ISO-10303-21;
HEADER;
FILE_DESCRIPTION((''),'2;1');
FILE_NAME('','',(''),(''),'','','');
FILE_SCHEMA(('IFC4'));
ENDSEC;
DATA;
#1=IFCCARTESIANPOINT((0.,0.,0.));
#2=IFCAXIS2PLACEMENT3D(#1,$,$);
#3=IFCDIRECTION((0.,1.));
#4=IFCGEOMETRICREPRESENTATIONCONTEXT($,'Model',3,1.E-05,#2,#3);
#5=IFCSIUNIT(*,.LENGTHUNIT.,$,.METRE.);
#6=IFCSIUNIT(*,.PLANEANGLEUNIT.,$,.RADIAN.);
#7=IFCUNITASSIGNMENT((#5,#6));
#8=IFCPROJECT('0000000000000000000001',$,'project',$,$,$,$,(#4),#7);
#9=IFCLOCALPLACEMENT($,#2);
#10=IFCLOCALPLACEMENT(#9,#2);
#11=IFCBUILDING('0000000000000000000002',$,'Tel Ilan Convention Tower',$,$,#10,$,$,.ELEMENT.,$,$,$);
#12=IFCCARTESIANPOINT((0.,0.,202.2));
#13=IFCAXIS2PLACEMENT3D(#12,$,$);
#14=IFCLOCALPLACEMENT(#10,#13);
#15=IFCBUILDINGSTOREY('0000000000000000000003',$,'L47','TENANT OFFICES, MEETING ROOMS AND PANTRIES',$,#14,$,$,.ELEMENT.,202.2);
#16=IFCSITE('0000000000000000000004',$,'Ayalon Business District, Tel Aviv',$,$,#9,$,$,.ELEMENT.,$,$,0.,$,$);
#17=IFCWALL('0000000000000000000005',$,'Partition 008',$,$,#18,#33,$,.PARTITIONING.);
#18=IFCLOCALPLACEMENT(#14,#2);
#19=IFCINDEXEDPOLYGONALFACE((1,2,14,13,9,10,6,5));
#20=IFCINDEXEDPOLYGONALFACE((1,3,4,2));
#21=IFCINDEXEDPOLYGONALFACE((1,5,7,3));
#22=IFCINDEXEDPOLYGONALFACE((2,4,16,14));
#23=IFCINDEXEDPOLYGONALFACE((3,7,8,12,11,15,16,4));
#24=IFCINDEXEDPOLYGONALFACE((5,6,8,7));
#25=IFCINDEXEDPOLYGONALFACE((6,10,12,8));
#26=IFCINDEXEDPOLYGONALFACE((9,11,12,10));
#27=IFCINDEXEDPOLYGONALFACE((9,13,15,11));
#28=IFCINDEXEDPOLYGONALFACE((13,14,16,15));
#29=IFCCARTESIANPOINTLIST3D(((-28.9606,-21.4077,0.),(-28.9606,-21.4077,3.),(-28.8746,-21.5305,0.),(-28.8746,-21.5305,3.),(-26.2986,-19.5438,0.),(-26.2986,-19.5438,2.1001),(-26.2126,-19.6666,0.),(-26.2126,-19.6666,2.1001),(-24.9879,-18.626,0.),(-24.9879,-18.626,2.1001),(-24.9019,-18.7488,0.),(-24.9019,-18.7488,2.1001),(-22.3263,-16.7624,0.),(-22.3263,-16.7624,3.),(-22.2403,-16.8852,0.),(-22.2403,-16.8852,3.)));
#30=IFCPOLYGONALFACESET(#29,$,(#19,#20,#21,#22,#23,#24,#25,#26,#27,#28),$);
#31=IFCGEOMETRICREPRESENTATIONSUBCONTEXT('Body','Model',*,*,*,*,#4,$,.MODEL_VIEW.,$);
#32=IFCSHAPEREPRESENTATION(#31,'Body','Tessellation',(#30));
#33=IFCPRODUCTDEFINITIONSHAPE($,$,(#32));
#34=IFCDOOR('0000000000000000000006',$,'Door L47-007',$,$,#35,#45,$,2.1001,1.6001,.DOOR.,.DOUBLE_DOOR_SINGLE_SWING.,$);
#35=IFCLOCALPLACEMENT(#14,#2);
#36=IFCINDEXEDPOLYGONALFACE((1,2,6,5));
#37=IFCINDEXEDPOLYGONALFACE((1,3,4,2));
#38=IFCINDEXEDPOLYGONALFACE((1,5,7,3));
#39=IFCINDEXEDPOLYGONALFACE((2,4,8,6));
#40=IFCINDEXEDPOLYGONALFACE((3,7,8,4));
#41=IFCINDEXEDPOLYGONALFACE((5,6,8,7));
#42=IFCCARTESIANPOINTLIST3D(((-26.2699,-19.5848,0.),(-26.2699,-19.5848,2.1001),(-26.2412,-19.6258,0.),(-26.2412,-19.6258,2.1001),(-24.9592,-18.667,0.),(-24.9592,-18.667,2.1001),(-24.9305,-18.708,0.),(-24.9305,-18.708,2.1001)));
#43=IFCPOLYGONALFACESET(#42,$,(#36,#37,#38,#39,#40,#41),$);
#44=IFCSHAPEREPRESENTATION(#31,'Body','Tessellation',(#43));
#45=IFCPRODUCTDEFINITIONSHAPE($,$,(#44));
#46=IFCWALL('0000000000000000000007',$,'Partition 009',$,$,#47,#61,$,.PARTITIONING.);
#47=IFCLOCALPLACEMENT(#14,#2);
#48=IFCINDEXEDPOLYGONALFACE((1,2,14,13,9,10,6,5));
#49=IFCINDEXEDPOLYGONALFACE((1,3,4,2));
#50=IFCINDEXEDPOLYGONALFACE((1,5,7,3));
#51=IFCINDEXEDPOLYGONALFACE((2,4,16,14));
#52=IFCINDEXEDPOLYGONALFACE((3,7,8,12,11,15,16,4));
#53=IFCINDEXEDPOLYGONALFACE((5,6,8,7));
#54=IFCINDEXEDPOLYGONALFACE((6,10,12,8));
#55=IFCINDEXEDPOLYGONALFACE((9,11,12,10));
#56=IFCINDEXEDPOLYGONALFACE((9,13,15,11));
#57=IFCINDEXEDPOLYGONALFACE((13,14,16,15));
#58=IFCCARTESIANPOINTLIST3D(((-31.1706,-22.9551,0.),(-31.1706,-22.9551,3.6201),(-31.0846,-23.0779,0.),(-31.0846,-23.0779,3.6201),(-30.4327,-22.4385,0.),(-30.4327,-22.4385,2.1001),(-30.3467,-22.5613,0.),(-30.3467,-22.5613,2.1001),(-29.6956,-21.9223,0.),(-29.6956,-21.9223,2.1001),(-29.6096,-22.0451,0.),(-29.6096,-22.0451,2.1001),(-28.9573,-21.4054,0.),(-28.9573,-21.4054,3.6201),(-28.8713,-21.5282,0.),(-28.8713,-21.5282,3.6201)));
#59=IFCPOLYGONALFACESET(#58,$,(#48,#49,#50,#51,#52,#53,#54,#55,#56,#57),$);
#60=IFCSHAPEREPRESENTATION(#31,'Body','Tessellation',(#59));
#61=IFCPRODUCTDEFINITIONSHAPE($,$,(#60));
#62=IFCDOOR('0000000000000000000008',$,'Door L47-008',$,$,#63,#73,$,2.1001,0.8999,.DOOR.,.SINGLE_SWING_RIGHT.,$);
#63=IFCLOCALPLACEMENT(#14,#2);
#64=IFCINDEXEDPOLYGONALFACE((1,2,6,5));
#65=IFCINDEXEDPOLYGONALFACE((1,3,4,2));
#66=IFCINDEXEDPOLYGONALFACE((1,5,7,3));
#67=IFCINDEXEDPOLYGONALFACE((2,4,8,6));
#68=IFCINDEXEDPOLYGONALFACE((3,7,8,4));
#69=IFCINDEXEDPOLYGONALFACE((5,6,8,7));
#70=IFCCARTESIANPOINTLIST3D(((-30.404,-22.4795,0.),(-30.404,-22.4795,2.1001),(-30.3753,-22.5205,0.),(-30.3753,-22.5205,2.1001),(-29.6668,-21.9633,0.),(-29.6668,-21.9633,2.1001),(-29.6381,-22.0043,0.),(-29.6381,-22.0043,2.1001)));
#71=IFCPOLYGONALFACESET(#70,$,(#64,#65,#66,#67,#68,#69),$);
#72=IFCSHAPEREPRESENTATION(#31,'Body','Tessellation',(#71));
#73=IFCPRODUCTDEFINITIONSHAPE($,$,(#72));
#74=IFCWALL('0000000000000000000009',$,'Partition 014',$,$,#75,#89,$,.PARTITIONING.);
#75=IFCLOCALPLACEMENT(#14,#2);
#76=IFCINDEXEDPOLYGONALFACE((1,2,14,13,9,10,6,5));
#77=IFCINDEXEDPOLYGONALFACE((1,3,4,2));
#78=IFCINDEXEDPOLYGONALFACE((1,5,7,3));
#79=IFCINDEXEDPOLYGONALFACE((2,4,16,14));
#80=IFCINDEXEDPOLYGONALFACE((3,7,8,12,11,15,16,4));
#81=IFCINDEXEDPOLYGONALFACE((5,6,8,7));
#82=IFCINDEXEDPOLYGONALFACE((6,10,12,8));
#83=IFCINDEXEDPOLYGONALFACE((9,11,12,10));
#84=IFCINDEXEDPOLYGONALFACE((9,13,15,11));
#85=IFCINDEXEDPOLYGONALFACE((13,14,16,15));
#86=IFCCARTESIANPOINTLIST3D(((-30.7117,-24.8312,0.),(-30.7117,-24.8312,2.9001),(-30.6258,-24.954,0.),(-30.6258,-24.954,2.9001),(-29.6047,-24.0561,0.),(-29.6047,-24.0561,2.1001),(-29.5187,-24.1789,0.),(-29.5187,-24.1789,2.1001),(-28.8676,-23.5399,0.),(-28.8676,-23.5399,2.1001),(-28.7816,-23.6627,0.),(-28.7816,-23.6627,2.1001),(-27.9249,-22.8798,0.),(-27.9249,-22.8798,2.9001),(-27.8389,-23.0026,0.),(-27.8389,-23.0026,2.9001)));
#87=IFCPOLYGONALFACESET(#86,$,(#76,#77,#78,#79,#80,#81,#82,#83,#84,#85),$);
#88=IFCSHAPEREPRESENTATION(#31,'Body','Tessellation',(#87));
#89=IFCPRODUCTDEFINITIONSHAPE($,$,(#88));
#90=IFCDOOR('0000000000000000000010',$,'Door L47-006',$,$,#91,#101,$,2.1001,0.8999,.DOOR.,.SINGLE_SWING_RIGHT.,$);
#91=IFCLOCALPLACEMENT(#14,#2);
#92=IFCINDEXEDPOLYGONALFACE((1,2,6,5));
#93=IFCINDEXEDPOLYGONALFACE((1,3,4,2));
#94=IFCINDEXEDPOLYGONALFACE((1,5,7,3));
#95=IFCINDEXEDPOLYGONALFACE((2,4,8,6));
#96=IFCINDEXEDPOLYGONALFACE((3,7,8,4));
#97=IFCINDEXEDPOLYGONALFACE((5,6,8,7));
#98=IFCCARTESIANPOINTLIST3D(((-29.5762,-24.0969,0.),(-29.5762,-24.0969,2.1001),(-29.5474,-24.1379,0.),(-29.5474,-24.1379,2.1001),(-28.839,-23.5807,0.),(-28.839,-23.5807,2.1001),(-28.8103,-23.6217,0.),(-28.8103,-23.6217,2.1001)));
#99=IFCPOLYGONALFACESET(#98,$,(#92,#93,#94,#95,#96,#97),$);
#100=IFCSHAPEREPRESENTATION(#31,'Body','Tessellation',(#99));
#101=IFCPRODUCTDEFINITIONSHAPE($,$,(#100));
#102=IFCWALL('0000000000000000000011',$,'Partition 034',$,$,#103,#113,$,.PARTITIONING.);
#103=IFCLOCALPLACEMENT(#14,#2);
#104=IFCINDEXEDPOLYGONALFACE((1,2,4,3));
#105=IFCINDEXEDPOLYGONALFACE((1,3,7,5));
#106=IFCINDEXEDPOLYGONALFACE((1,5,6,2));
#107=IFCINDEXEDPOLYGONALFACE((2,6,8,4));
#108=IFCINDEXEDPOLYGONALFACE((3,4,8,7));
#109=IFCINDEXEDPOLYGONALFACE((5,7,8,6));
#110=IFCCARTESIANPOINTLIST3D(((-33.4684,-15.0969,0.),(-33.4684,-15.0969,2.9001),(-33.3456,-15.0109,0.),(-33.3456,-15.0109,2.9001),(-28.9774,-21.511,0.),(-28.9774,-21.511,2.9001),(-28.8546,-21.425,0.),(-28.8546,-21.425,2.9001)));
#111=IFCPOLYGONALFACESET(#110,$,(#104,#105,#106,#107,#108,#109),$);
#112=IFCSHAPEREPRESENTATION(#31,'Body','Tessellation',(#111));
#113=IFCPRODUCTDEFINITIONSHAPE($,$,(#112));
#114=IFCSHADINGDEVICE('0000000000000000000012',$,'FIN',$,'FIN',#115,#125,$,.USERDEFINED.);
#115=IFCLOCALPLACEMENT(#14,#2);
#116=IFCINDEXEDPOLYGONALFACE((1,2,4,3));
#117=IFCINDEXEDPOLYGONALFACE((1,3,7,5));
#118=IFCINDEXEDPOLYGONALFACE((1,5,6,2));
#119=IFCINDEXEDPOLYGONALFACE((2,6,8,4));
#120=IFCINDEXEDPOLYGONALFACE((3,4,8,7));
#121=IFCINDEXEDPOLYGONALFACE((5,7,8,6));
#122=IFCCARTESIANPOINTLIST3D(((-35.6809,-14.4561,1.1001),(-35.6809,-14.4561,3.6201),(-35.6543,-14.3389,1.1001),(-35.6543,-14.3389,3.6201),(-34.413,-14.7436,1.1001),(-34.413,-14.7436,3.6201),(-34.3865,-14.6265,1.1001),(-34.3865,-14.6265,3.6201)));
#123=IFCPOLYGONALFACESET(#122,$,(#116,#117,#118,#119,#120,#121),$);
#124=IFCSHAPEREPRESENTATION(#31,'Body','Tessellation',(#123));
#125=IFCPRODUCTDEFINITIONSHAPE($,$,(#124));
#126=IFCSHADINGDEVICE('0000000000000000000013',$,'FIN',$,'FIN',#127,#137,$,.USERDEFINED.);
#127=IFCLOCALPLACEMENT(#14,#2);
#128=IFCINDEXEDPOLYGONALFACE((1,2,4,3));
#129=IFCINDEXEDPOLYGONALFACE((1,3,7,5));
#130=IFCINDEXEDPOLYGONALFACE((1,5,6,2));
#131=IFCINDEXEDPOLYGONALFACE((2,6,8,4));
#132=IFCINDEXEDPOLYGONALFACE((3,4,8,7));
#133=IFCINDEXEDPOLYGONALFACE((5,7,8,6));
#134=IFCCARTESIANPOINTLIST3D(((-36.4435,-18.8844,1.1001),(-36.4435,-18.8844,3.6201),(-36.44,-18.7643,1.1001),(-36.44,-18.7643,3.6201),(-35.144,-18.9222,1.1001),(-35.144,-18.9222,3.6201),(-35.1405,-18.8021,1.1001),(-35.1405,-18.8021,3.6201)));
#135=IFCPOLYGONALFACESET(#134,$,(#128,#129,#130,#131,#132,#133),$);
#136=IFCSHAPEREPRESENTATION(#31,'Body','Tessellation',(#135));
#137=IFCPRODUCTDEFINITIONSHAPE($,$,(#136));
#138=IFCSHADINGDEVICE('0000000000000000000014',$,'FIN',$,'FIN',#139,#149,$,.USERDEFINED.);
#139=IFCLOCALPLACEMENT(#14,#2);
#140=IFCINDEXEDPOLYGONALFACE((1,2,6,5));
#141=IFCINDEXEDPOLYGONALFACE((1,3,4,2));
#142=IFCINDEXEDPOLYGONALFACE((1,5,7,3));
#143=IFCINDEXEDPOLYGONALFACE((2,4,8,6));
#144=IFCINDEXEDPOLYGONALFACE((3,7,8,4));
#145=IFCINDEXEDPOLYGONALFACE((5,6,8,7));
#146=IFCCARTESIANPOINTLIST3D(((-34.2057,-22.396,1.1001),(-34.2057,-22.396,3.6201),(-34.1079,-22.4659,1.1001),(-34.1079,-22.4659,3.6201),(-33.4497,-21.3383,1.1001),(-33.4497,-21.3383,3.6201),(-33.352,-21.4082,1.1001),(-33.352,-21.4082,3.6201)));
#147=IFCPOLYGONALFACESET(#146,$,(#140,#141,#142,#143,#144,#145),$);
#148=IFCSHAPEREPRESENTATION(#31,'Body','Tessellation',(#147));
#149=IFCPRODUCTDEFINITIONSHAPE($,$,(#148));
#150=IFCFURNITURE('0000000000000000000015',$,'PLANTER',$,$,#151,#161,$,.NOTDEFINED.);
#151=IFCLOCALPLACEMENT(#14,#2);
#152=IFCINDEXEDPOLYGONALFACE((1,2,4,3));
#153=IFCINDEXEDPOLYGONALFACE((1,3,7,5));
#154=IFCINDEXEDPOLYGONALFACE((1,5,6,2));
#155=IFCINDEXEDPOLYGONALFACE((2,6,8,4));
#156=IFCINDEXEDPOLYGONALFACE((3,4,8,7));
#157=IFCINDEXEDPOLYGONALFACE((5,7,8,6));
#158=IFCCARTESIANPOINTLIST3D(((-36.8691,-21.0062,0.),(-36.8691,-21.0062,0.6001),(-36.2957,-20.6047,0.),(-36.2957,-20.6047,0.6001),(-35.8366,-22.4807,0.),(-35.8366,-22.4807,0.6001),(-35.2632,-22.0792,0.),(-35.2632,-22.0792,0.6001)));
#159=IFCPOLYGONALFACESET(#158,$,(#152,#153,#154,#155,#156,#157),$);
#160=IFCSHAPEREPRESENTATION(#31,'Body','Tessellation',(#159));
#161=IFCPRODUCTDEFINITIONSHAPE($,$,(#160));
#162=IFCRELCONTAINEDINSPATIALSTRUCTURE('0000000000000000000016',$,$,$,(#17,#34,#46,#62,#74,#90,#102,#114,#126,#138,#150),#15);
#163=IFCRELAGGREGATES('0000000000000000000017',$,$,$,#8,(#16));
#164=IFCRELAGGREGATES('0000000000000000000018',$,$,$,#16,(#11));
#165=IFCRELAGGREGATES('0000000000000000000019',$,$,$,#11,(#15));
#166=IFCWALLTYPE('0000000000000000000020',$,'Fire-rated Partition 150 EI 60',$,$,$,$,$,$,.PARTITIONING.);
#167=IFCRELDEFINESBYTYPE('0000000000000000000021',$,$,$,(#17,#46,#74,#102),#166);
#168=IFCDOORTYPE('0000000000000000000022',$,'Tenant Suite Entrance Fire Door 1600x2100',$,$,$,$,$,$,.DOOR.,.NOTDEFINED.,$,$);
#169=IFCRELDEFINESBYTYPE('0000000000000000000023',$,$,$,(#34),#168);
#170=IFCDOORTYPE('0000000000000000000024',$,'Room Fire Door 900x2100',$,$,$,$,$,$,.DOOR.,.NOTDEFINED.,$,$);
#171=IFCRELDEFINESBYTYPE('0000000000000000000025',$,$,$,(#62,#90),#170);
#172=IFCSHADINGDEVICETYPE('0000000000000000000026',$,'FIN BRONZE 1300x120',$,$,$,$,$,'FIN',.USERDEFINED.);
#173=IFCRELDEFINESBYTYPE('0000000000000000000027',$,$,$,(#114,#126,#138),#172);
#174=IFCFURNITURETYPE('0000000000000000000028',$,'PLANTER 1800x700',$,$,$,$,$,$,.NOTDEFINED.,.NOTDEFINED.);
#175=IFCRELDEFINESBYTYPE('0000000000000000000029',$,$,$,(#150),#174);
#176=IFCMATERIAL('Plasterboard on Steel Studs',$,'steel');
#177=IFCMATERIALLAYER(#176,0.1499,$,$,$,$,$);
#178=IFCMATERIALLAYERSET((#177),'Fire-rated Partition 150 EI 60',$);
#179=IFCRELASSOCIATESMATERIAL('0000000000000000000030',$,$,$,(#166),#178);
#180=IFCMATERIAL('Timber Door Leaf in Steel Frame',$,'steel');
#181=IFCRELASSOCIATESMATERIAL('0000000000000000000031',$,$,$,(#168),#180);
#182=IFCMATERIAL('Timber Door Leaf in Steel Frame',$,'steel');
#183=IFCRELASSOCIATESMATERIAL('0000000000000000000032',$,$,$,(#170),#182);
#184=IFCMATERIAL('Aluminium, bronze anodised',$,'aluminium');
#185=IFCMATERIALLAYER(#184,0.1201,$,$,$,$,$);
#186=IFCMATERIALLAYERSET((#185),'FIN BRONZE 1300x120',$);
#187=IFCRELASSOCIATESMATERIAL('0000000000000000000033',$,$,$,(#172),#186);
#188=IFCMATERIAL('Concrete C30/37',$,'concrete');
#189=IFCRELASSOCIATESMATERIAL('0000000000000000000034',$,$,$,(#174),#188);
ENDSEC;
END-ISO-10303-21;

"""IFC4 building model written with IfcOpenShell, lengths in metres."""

from ifc_helpers import new_model, si_unit, direction, frame, frame_2d, origin, origin_2d, place, context, subcontext, project, spatial, rectangle, extrude, material, layer, layer_set, type_object, element, fill, save


model = new_model("IFC4")

# Units and contexts
model_context = context("Model", 3, precision=1e-05, world=origin(), true_north=direction((0.0, 1.0)))
body_context = subcontext(model_context, "Body", "Model", "MODEL_VIEW")
ifc_project = project(units=[si_unit("LENGTHUNIT", "METRE"), si_unit("PLANEANGLEUNIT", "RADIAN")], contexts=[model_context])

# Site, building, storey
site_placement = place(None, origin())
site = spatial("IfcSite", under=ifc_project, at=site_placement, Name="Ayalon Business District, Tel Aviv", CompositionType="ELEMENT", RefElevation=0.0)
building_placement = place(site_placement, origin())
building = spatial("IfcBuilding", under=site, at=building_placement, Name="Tel Ilan Convention Tower", CompositionType="ELEMENT")
storey_placement = place(building_placement, frame((0.0, 0.0, 202.2)))
storey = spatial("IfcBuildingStorey", under=building, at=storey_placement, Name="L47", Description="TENANT OFFICES, MEETING ROOMS AND PANTRIES", CompositionType="ELEMENT", Elevation=202.2)

# Walls, openings, doors
ifc_material_1 = material(Name="Plasterboard on Steel Studs", Category="steel")
ifc_layer_1 = layer(ifc_material_1, 0.1499)
ifc_layer_set_1 = layer_set([ifc_layer_1], Name="Fire-rated Partition 150 EI 60")
wall_type_1 = type_object("IfcWallType", Name="Fire-rated Partition 150 EI 60", PredefinedType="PARTITIONING", material=ifc_layer_set_1)
wall_1_placement = place(storey_placement, frame((-28.9175, -21.469, 0.0), z_axis=(0.0, 0.0, 1.0), x_axis=(0.819158, 0.573568, 0.0)))
wall_1 = element("IfcWall", 1, at=wall_1_placement, inside=storey, type_object=wall_type_1, Name="Partition 008", PredefinedType="PARTITIONING", context=body_context, shape_type="SweptSolid", body=[
    extrude(rectangle(XDim=8.0989, YDim=0.1499, at=frame_2d((4.0493, 0.0))), origin(), (0.0, 0.0, 1.0), 3.0),
])
opening_1_placement = place(wall_1_placement, frame((3.2495, 0.0, 0.0)))
opening_1 = element("IfcOpeningElement", 2, at=opening_1_placement, cuts=wall_1, PredefinedType="OPENING", context=body_context, shape_type="SweptSolid", body=[
    extrude(rectangle(XDim=1.6001, YDim=2.1001, at=frame_2d((0.8, 1.05))), frame((0.0, 0.085, 0.0), z_axis=(0.0, -1.0, 0.0), x_axis=(1.0, 0.0, 0.0)), (0.0, 0.0, 1.0), 0.1699),
])
ifc_material_2 = material(Name="Timber Door Leaf in Steel Frame", Category="steel")
door_type_1 = type_object("IfcDoorType", Name="Tenant Suite Entrance Fire Door 1600x2100", OperationType="NOTDEFINED", PredefinedType="DOOR", material=ifc_material_2)
door_1_placement = place(opening_1_placement, origin())
door_1 = element("IfcDoor", 3, at=door_1_placement, inside=storey, type_object=door_type_1, Name="Door L47-007", OperationType="DOUBLE_DOOR_SINGLE_SWING", OverallHeight=2.1001, OverallWidth=1.6001, PredefinedType="DOOR", context=body_context, shape_type="SweptSolid", body=[
    extrude(rectangle(XDim=1.6001, YDim=2.1001, at=frame_2d((0.8, 1.05))), frame((0.0, 0.0249, 0.0), z_axis=(0.0, -1.0, 0.0), x_axis=(1.0, 0.0, 0.0)), (0.0, 0.0, 1.0), 0.05),
])
fill(opening_1, door_1)
wall_2_placement = place(storey_placement, frame((-31.1277, -23.0166, 0.0), z_axis=(0.0, 0.0, 1.0), x_axis=(0.819156, 0.573571, 0.0)))
wall_2 = element("IfcWall", 4, at=wall_2_placement, inside=storey, type_object=wall_type_1, Name="Partition 009", PredefinedType="PARTITIONING", context=body_context, shape_type="SweptSolid", body=[
    extrude(rectangle(XDim=2.7019, YDim=0.1499, at=frame_2d((1.3511, 0.0))), origin(), (0.0, 0.0, 1.0), 3.6201),
])
opening_2_placement = place(wall_2_placement, frame((0.9009, 0.0, 0.0)))
opening_2 = element("IfcOpeningElement", 5, at=opening_2_placement, cuts=wall_2, PredefinedType="OPENING", context=body_context, shape_type="SweptSolid", body=[
    extrude(rectangle(XDim=0.8999, YDim=2.1001, at=frame_2d((0.45, 1.05))), frame((0.0, 0.085, 0.0), z_axis=(0.0, -1.0, 0.0), x_axis=(1.0, 0.0, 0.0)), (0.0, 0.0, 1.0), 0.1699),
])
ifc_material_3 = material(Name="Timber Door Leaf in Steel Frame", Category="steel")
door_type_2 = type_object("IfcDoorType", Name="Room Fire Door 900x2100", OperationType="NOTDEFINED", PredefinedType="DOOR", material=ifc_material_3)
door_2_placement = place(opening_2_placement, origin())
door_2 = element("IfcDoor", 6, at=door_2_placement, inside=storey, type_object=door_type_2, Name="Door L47-008", OperationType="SINGLE_SWING_RIGHT", OverallHeight=2.1001, OverallWidth=0.8999, PredefinedType="DOOR", context=body_context, shape_type="SweptSolid", body=[
    extrude(rectangle(XDim=0.8999, YDim=2.1001, at=frame_2d((0.45, 1.05))), frame((0.0, 0.0249, 0.0), z_axis=(0.0, -1.0, 0.0), x_axis=(1.0, 0.0, 0.0)), (0.0, 0.0, 1.0), 0.05),
])
fill(opening_2, door_2)
wall_3_placement = place(storey_placement, frame((-27.8818, -22.9412, 0.0), z_axis=(0.0, 0.0, 1.0), x_axis=(-0.819148, -0.573583, 0.0)))
wall_3 = element("IfcWall", 7, at=wall_3_placement, inside=storey, type_object=wall_type_1, Name="Partition 014", PredefinedType="PARTITIONING", context=body_context, shape_type="SweptSolid", body=[
    extrude(rectangle(XDim=3.4021, YDim=0.1499, at=frame_2d((1.7012, 0.0))), origin(), (0.0, 0.0, 1.0), 2.9001),
])
opening_3_placement = place(wall_3_placement, frame((1.1509, 0.0, 0.0)))
opening_3 = element("IfcOpeningElement", 8, at=opening_3_placement, cuts=wall_3, PredefinedType="OPENING", context=body_context, shape_type="SweptSolid", body=[
    extrude(rectangle(XDim=0.8999, YDim=2.1001, at=frame_2d((0.45, 1.05))), frame((0.0, 0.085, 0.0), z_axis=(0.0, -1.0, 0.0), x_axis=(1.0, 0.0, 0.0)), (0.0, 0.0, 1.0), 0.1699),
])
door_3_placement = place(opening_3_placement, origin())
door_3 = element("IfcDoor", 9, at=door_3_placement, inside=storey, type_object=door_type_2, Name="Door L47-006", OperationType="SINGLE_SWING_RIGHT", OverallHeight=2.1001, OverallWidth=0.8999, PredefinedType="DOOR", context=body_context, shape_type="SweptSolid", body=[
    extrude(rectangle(XDim=0.8999, YDim=2.1001, at=frame_2d((0.45, 1.05))), frame((0.0, 0.0249, 0.0), z_axis=(0.0, -1.0, 0.0), x_axis=(1.0, 0.0, 0.0)), (0.0, 0.0, 1.0), 0.05),
])
fill(opening_3, door_3)

# Wall
wall_4_placement = place(storey_placement, frame((-28.916, -21.468, 0.0), z_axis=(0.0, 0.0, 1.0), x_axis=(-0.573559, 0.819165, 0.0)))
element("IfcWall", 10, at=wall_4_placement, inside=storey, type_object=wall_type_1, Name="Partition 034", PredefinedType="PARTITIONING", context=body_context, shape_type="SweptSolid", body=[
    extrude(rectangle(XDim=7.8301, YDim=0.1499, at=frame_2d((3.915, 0.0))), origin(), (0.0, 0.0, 1.0), 2.9001),
])

# Shading devices
ifc_material_4 = material(Name="Aluminium, bronze anodised", Category="aluminium")
ifc_layer_2 = layer(ifc_material_4, 0.1201)
ifc_layer_set_2 = layer_set([ifc_layer_2], Name="FIN BRONZE 1300x120")
shading_device_type = type_object("IfcShadingDeviceType", Name="FIN BRONZE 1300x120", ElementType="FIN", PredefinedType="USERDEFINED", material=ifc_layer_set_2)
for number, where, z_axis, x_axis, name in (
    (11, (-35.0337, -14.5413, 1.1001), (0.0, 0.0, 1.0), (-0.975235, 0.22117, 0.0), "FIN"),
    (12, (-35.792, -18.8433, 1.1001), (0.0, 0.0, 1.0), (-0.999577, 0.029085, 0.0), "FIN"),
    (13, (-33.7788, -21.9021, 1.1001), (0.0, 0.0, 1.0), (-0.581492, -0.813552, 0.0), "FIN"),
):
    element("IfcShadingDevice", number, at=place(storey_placement, frame(where, z_axis=z_axis, x_axis=x_axis)), inside=storey, type_object=shading_device_type, Name=name, ObjectType="FIN", PredefinedType="USERDEFINED", context=body_context, shape_type="SweptSolid", body=[
        extrude(rectangle(XDim=1.3, YDim=0.1201, at=origin_2d()), origin(), (0.0, 0.0, 1.0), 2.52),
    ])

# Furniture
ifc_material_5 = material(Name="Concrete C30/37", Category="concrete")
furniture_type = type_object("IfcFurnitureType", Name="PLANTER 1800x700", AssemblyPlace="NOTDEFINED", PredefinedType="NOTDEFINED", material=ifc_material_5)
furniture_placement = place(storey_placement, frame((-36.0662, -21.5427, 0.0), z_axis=(0.0, 0.0, 1.0), x_axis=(-0.573576, 0.819152, 0.0)))
element("IfcFurniture", 14, at=furniture_placement, inside=storey, type_object=furniture_type, Name="PLANTER", PredefinedType="NOTDEFINED", context=body_context, shape_type="SweptSolid", body=[
    extrude(rectangle(XDim=1.8, YDim=0.7, at=origin_2d()), origin(), (0.0, 0.0, 1.0), 0.6001),
])

save(model, "model.ifc")
